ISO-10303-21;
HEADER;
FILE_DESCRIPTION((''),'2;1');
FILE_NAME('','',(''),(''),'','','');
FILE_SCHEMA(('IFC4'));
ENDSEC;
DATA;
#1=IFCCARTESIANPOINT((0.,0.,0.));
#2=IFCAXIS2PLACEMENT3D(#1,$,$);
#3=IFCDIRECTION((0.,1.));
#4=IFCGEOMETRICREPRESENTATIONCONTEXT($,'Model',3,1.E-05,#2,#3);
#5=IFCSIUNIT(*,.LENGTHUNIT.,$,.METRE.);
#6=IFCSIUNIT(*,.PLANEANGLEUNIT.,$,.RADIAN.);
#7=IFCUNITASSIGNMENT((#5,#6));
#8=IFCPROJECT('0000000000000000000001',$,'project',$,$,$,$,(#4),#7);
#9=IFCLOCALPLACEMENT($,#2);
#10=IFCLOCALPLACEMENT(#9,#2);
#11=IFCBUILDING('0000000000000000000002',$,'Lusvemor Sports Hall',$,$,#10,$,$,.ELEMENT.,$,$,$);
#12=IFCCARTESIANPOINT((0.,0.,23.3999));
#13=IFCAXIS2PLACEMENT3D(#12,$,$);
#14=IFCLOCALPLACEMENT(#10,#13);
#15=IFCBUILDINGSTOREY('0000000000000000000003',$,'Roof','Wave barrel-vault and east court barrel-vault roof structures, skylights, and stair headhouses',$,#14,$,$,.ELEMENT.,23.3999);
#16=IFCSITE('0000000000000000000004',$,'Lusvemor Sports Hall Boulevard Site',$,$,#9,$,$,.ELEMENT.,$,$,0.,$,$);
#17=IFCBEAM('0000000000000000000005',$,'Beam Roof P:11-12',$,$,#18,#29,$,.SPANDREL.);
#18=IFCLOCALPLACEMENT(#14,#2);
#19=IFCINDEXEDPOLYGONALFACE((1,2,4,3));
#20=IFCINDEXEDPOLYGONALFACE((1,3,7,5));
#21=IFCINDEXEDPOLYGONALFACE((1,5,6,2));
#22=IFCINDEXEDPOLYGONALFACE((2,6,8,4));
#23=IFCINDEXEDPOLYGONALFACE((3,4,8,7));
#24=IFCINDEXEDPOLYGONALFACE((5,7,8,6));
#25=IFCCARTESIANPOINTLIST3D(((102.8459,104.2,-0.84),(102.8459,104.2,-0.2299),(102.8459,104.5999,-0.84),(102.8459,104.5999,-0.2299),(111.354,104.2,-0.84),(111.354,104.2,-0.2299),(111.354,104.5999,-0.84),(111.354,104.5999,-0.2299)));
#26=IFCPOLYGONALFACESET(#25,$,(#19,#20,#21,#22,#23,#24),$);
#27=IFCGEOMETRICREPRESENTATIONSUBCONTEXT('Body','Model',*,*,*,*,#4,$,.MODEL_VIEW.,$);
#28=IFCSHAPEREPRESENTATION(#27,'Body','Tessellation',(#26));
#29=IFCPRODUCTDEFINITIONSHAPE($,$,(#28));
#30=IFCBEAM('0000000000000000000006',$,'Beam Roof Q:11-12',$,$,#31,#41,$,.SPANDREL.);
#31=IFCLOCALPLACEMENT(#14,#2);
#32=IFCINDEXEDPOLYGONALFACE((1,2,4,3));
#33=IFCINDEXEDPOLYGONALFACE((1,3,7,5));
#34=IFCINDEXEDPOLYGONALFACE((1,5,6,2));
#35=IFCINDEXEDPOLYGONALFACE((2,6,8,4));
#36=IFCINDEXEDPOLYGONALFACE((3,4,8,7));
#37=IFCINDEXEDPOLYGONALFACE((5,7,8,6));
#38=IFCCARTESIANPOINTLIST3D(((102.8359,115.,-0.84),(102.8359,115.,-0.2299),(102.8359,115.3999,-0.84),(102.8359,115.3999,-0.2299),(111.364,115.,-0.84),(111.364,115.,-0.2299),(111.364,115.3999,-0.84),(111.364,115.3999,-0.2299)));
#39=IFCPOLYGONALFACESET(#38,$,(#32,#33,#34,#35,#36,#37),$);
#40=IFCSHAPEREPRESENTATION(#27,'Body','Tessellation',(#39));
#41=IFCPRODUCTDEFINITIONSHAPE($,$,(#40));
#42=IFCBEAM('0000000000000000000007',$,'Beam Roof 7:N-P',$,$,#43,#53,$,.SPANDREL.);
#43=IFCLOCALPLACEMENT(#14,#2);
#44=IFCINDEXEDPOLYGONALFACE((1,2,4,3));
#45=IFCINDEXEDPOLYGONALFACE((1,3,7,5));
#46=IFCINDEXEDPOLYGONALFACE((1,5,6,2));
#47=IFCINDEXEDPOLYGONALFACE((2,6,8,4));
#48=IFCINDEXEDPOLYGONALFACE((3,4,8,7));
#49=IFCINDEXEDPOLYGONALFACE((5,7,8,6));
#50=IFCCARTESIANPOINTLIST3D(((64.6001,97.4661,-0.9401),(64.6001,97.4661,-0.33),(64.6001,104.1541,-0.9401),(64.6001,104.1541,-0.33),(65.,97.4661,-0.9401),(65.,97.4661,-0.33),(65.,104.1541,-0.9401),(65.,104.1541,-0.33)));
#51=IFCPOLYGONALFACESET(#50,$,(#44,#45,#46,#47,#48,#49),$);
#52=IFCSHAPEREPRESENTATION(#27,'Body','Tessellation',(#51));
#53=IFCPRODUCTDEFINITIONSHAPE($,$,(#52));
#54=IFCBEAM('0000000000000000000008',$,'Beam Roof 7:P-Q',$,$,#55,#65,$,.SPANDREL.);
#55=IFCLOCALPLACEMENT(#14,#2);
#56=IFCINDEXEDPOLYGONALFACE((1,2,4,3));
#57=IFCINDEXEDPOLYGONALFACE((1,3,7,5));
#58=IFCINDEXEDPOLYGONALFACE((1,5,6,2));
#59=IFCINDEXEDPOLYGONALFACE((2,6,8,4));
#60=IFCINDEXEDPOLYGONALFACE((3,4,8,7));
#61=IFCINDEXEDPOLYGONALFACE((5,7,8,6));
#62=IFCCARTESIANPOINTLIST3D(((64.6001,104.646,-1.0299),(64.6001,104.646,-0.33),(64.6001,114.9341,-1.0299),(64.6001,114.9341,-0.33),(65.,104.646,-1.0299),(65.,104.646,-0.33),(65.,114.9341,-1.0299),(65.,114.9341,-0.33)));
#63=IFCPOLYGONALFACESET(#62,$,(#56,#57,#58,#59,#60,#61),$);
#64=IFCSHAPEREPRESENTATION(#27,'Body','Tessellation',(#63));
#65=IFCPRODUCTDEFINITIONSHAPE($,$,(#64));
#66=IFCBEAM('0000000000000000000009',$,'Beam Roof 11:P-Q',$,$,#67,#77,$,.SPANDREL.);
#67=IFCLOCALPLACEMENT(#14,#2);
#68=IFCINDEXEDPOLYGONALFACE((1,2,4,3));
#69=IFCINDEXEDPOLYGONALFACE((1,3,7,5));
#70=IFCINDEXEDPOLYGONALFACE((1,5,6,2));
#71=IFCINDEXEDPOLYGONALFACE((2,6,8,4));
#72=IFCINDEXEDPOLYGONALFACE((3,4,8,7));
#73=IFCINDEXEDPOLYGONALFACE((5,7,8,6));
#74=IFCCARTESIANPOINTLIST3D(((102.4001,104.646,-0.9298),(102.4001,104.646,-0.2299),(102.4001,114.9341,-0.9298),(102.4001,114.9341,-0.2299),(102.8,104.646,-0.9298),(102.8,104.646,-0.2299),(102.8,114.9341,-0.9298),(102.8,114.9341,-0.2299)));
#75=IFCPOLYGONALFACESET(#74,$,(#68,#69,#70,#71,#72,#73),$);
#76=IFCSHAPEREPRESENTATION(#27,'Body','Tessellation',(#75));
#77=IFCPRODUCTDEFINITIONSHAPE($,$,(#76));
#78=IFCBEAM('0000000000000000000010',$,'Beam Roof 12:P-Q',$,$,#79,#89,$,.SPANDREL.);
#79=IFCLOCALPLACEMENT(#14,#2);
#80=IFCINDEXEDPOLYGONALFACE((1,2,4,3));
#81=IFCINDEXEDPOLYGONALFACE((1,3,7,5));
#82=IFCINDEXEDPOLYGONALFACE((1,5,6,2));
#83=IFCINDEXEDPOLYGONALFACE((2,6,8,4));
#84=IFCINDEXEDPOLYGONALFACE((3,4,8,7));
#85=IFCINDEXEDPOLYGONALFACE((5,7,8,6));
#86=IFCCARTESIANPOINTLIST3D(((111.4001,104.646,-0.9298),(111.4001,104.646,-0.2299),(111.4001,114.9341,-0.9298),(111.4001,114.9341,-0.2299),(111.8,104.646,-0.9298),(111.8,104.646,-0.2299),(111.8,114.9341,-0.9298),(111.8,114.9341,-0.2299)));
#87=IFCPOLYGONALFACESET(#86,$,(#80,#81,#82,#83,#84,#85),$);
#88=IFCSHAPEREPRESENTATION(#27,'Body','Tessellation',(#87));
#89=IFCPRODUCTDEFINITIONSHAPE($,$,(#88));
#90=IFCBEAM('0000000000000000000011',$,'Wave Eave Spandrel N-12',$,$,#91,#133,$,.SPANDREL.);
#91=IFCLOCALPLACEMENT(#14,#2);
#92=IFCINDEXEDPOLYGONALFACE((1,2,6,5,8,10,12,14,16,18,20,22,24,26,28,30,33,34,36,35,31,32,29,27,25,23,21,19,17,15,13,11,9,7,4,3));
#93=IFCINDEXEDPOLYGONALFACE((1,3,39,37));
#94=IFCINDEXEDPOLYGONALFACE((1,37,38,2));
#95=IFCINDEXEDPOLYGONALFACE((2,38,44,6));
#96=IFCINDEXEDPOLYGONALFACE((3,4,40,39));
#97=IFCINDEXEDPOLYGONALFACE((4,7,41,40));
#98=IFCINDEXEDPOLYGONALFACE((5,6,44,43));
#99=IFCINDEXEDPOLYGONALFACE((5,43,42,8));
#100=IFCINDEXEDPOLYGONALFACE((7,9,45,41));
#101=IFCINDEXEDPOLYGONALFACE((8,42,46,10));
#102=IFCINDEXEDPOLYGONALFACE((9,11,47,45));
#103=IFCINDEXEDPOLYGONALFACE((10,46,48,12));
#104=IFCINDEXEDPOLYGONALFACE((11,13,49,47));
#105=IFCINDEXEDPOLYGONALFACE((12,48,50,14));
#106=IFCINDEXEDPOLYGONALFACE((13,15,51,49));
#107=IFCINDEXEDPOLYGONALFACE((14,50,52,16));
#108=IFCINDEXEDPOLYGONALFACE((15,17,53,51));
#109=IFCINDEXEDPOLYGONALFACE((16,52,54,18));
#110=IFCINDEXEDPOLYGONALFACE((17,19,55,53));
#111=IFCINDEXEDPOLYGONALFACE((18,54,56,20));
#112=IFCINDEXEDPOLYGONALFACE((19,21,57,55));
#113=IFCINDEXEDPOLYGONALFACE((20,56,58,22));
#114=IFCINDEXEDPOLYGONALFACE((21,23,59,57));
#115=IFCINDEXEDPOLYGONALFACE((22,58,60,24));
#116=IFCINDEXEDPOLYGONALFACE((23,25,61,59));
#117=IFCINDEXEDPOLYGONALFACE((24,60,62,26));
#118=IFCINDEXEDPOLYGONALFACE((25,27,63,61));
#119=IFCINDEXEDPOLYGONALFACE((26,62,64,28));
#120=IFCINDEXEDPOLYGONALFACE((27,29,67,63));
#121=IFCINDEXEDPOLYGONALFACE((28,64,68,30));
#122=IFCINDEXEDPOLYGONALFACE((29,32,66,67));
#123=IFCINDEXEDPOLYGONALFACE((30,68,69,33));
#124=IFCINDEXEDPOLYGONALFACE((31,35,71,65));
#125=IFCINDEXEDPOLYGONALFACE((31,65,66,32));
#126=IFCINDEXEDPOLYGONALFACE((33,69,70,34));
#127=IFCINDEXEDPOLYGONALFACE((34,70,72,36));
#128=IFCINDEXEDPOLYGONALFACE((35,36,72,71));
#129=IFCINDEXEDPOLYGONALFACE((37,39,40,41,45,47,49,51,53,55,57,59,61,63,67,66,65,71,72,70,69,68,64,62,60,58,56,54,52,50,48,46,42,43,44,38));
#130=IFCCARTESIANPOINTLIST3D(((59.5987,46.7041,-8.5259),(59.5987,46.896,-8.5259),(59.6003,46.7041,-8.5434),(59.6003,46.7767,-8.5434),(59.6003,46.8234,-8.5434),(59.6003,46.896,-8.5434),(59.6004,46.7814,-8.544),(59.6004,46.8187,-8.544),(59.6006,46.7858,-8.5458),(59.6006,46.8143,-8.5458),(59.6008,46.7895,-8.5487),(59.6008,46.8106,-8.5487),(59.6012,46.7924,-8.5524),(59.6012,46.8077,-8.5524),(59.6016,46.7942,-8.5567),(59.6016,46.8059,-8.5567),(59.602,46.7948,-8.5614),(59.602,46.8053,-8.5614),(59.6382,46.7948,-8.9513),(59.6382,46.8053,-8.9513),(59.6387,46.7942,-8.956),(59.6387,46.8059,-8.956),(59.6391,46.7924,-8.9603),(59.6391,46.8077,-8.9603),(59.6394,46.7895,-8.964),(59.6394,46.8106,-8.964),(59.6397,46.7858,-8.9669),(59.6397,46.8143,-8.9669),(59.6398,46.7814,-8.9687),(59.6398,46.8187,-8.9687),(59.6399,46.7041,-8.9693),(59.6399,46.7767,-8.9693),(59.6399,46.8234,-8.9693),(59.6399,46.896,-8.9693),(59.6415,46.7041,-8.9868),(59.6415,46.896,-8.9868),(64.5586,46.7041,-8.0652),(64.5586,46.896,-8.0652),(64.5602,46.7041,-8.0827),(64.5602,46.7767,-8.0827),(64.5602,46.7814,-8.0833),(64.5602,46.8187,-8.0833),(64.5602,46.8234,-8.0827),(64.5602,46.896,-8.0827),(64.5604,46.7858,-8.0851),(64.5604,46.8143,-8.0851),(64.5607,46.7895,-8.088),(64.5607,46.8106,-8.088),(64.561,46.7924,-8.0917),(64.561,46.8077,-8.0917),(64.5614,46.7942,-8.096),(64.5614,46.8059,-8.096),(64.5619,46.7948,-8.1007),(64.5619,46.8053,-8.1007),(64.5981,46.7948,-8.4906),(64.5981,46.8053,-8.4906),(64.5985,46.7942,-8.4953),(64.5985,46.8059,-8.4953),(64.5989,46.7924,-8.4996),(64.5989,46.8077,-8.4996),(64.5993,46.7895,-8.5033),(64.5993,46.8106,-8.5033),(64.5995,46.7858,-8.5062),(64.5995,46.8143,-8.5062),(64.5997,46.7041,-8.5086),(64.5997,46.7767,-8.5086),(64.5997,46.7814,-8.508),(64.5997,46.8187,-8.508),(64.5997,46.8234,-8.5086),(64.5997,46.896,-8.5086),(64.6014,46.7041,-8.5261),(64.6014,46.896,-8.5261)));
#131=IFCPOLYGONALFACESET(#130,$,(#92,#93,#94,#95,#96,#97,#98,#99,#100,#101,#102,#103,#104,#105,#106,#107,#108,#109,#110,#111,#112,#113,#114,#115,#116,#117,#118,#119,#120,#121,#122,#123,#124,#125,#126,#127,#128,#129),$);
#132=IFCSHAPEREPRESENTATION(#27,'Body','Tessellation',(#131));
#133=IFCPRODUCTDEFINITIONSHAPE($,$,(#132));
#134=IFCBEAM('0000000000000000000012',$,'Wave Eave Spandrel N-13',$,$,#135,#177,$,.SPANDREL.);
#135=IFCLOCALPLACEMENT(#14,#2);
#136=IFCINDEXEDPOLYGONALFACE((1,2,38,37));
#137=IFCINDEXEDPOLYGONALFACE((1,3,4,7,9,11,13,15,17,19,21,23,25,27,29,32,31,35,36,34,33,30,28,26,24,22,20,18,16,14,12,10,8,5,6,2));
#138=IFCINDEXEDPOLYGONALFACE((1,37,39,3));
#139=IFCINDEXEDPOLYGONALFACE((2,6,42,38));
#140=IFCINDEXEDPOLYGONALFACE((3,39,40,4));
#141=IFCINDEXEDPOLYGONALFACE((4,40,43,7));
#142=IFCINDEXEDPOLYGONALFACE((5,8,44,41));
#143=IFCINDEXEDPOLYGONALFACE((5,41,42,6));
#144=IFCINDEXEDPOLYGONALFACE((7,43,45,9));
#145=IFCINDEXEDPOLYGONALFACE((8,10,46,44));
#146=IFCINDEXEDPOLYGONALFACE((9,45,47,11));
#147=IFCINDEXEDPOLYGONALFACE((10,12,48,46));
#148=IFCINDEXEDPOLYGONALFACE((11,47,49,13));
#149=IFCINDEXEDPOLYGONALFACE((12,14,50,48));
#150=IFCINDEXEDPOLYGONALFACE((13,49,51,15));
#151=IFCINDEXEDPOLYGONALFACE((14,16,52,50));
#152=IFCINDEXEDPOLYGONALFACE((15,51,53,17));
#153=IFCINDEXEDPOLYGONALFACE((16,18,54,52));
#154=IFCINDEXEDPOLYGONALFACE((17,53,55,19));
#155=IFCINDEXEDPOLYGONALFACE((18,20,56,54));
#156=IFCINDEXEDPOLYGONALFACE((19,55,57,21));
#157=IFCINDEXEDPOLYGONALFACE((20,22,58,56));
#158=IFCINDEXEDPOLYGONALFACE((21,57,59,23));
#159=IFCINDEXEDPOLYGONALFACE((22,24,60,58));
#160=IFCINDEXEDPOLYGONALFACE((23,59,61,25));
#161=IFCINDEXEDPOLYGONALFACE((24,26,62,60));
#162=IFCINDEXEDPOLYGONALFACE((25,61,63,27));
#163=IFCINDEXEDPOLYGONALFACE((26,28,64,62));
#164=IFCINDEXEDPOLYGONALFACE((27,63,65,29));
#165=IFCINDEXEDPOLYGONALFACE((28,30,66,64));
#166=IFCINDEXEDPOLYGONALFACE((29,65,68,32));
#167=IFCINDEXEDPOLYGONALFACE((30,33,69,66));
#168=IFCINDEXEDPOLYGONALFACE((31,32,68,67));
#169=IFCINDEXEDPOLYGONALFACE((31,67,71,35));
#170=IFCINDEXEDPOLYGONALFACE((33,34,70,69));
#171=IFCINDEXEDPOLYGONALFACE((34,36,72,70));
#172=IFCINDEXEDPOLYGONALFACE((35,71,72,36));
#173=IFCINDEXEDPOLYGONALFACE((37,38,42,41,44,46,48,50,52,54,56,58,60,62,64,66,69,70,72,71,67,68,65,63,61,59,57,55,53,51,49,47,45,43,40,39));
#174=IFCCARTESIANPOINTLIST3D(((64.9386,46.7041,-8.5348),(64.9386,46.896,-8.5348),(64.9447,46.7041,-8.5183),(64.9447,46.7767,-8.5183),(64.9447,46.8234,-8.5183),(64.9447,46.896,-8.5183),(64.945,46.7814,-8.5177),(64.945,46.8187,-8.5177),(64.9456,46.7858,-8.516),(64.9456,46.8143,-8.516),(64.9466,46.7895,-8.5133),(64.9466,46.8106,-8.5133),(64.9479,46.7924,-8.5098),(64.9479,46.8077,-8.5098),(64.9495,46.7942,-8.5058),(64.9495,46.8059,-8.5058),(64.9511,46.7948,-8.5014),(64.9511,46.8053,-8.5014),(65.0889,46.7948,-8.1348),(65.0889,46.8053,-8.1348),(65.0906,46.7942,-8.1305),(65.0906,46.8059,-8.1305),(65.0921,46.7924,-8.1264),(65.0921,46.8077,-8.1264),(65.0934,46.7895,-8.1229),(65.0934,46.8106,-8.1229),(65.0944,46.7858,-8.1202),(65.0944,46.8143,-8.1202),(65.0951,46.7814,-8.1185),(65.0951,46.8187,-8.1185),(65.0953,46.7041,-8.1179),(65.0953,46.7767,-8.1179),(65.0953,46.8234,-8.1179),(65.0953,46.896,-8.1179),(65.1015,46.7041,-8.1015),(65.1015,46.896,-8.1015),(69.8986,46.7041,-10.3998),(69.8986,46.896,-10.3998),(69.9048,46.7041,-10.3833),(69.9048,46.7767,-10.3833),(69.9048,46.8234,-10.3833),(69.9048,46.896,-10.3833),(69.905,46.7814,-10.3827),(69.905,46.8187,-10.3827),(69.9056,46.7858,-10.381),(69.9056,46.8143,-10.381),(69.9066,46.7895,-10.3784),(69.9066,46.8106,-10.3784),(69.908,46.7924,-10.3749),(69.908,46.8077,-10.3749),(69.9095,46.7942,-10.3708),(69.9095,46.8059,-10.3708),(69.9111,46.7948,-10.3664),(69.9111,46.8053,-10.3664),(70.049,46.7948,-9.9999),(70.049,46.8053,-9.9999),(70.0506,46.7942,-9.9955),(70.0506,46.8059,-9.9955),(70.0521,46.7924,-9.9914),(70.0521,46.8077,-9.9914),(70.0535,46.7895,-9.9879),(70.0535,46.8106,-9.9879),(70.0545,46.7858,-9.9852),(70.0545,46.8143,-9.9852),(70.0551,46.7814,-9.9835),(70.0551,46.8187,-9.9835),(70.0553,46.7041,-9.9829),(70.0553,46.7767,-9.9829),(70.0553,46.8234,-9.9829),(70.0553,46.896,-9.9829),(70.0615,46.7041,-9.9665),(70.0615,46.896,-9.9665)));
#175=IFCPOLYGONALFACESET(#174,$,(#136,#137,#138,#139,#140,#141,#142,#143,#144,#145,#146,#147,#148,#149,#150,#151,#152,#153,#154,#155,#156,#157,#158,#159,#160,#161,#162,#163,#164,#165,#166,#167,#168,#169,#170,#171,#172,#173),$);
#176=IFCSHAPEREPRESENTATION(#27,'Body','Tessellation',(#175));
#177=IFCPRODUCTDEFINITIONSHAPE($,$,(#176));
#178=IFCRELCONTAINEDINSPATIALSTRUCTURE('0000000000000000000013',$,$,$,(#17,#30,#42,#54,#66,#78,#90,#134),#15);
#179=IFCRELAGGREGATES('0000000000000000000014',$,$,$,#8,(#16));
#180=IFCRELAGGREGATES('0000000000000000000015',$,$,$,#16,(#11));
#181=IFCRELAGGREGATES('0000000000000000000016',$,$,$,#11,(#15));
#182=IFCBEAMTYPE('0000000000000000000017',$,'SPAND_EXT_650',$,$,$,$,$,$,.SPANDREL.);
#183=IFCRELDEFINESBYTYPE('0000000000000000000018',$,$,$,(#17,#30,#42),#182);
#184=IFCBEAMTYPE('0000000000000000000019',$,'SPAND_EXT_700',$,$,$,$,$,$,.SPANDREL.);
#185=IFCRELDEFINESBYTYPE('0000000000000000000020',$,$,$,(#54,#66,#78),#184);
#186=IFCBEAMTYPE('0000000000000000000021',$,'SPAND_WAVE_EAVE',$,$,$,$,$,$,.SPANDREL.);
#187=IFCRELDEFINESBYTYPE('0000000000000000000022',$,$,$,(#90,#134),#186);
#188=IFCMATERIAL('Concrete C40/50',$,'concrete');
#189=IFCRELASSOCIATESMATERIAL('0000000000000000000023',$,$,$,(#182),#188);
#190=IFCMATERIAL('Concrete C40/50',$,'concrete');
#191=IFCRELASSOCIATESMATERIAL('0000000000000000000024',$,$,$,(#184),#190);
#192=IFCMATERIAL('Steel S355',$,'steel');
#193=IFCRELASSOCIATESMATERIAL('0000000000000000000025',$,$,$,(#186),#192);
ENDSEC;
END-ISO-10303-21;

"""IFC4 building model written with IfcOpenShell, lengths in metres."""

from ifc_helpers import new_model, si_unit, direction, frame, origin, origin_2d, place, context, subcontext, project, spatial, rectangle, i_section, extrude, material, material_profile, profile_set, type_object, element, save


model = new_model("IFC4")

# Units and contexts
model_context = context("Model", 3, precision=1e-05, world=origin(), true_north=direction((0.0, 1.0)))
body_context = subcontext(model_context, "Body", "Model", "MODEL_VIEW")
ifc_project = project(units=[si_unit("LENGTHUNIT", "METRE"), si_unit("PLANEANGLEUNIT", "RADIAN")], contexts=[model_context])

# Site, building, storey
site_placement = place(None, origin())
site = spatial("IfcSite", under=ifc_project, at=site_placement, Name="Lusvemor Sports Hall Boulevard Site", CompositionType="ELEMENT", RefElevation=0.0)
building_placement = place(site_placement, origin())
building = spatial("IfcBuilding", under=site, at=building_placement, Name="Lusvemor Sports Hall", CompositionType="ELEMENT")
storey_placement = place(building_placement, frame((0.0, 0.0, 23.3999)))
storey = spatial("IfcBuildingStorey", under=building, at=storey_placement, Name="Roof", Description="Wave barrel-vault and east court barrel-vault roof structures, skylights, and stair headhouses", CompositionType="ELEMENT", Elevation=23.3999)

# Beams
ifc_material_1 = material(Name="Concrete C40/50", Category="concrete")
ifc_material_profile_1 = material_profile(ifc_material_1, rectangle(XDim=0.3999, YDim=0.6101, at=origin_2d()), Name="RC400x610")
ifc_profile_set_1 = profile_set([ifc_material_profile_1], Name="Concrete C40/50")
beam_type_1 = type_object("IfcBeamType", Name="SPAND_EXT_650", PredefinedType="SPANDREL", material=ifc_profile_set_1)
beam_1_placement = place(storey_placement, frame((102.8459, 104.3999, -0.5349), z_axis=(1.0, 0.0, 0.0), x_axis=(0.0, 1.0, 0.0)))
element("IfcBeam", 1, at=beam_1_placement, inside=storey, type_object=beam_type_1, Name="Beam Roof P:11-12", PredefinedType="SPANDREL", context=body_context, shape_type="SweptSolid", body=[
    extrude(rectangle(XDim=0.3999, YDim=0.6101, at=origin_2d()), origin(), (0.0, 0.0, 1.0), 8.5081),
])
beam_2_placement = place(storey_placement, frame((102.8359, 115.2, -0.5349), z_axis=(1.0, 0.0, 0.0), x_axis=(0.0, 1.0, 0.0)))
element("IfcBeam", 2, at=beam_2_placement, inside=storey, type_object=beam_type_1, Name="Beam Roof Q:11-12", PredefinedType="SPANDREL", context=body_context, shape_type="SweptSolid", body=[
    extrude(rectangle(XDim=0.3999, YDim=0.6101, at=origin_2d()), origin(), (0.0, 0.0, 1.0), 8.5281),
])
beam_3_placement = place(storey_placement, frame((64.8, 97.4661, -0.635), z_axis=(0.0, 1.0, 0.0), x_axis=(-1.0, 0.0, 0.0)))
element("IfcBeam", 3, at=beam_3_placement, inside=storey, type_object=beam_type_1, Name="Beam Roof 7:N-P", PredefinedType="SPANDREL", context=body_context, shape_type="SweptSolid", body=[
    extrude(rectangle(XDim=0.3999, YDim=0.6101, at=origin_2d()), origin(), (0.0, 0.0, 1.0), 6.688),
])
ifc_material_2 = material(Name="Concrete C40/50", Category="concrete")
ifc_material_profile_2 = material_profile(ifc_material_2, rectangle(XDim=0.3999, YDim=0.7, at=origin_2d()), Name="RC400x700")
ifc_profile_set_2 = profile_set([ifc_material_profile_2], Name="Concrete C40/50")
beam_type_2 = type_object("IfcBeamType", Name="SPAND_EXT_700", PredefinedType="SPANDREL", material=ifc_profile_set_2)
for number, where, z_axis, x_axis, name in (
    (4, (64.8, 104.646, -0.6799), (0.0, 1.0, 0.0), (-1.0, 0.0, 0.0), "Beam Roof 7:P-Q"),
    (5, (102.6001, 104.646, -0.5798), (0.0, 1.0, 0.0), (-1.0, 0.0, 0.0), "Beam Roof 11:P-Q"),
    (6, (111.6001, 104.646, -0.5798), (0.0, 1.0, 0.0), (-1.0, 0.0, 0.0), "Beam Roof 12:P-Q"),
):
    element("IfcBeam", number, at=place(storey_placement, frame(where, z_axis=z_axis, x_axis=x_axis)), inside=storey, type_object=beam_type_2, Name=name, PredefinedType="SPANDREL", context=body_context, shape_type="SweptSolid", body=[
        extrude(rectangle(XDim=0.3999, YDim=0.7, at=origin_2d()), origin(), (0.0, 0.0, 1.0), 10.2881),
    ])
ifc_material_3 = material(Name="Steel S355", Category="steel")
ifc_material_profile_3 = material_profile(ifc_material_3, i_section(OverallWidth=0.1919, OverallDepth=0.4629, WebThickness=0.0105, FlangeThickness=0.0176, FilletRadius=0.0181, at=origin_2d()), Name="W460x89.0")
ifc_profile_set_3 = profile_set([ifc_material_profile_3], Name="Steel S355")
beam_type_3 = type_object("IfcBeamType", Name="SPAND_WAVE_EAVE", PredefinedType="SPANDREL", material=ifc_profile_set_3)
beam_4_placement = place(storey_placement, frame((59.6201, 46.8, -8.7563), z_axis=(0.995714, 0.0, 0.092484), x_axis=(0.0, 1.0, 0.0)))
element("IfcBeam", 7, at=beam_4_placement, inside=storey, type_object=beam_type_3, Name="Wave Eave Spandrel N-12", PredefinedType="SPANDREL", context=body_context, shape_type="SweptSolid", body=[
    extrude(i_section(OverallWidth=0.1919, OverallDepth=0.4629, WebThickness=0.0105, FlangeThickness=0.0176, FilletRadius=0.0181, at=origin_2d()), origin(), (0.0, 0.0, 1.0), 4.9812),
])
beam_5_placement = place(storey_placement, frame((65.02, 46.8, -8.3181), z_axis=(0.936018, 0.0, -0.351951), x_axis=(0.0, 1.0, 0.0)))
element("IfcBeam", 8, at=beam_5_placement, inside=storey, type_object=beam_type_3, Name="Wave Eave Spandrel N-13", PredefinedType="SPANDREL", context=body_context, shape_type="SweptSolid", body=[
    extrude(i_section(OverallWidth=0.1919, OverallDepth=0.4629, WebThickness=0.0105, FlangeThickness=0.0176, FilletRadius=0.0181, at=origin_2d()), origin(), (0.0, 0.0, 1.0), 5.2991),
])

save(model, "model.ifc")
